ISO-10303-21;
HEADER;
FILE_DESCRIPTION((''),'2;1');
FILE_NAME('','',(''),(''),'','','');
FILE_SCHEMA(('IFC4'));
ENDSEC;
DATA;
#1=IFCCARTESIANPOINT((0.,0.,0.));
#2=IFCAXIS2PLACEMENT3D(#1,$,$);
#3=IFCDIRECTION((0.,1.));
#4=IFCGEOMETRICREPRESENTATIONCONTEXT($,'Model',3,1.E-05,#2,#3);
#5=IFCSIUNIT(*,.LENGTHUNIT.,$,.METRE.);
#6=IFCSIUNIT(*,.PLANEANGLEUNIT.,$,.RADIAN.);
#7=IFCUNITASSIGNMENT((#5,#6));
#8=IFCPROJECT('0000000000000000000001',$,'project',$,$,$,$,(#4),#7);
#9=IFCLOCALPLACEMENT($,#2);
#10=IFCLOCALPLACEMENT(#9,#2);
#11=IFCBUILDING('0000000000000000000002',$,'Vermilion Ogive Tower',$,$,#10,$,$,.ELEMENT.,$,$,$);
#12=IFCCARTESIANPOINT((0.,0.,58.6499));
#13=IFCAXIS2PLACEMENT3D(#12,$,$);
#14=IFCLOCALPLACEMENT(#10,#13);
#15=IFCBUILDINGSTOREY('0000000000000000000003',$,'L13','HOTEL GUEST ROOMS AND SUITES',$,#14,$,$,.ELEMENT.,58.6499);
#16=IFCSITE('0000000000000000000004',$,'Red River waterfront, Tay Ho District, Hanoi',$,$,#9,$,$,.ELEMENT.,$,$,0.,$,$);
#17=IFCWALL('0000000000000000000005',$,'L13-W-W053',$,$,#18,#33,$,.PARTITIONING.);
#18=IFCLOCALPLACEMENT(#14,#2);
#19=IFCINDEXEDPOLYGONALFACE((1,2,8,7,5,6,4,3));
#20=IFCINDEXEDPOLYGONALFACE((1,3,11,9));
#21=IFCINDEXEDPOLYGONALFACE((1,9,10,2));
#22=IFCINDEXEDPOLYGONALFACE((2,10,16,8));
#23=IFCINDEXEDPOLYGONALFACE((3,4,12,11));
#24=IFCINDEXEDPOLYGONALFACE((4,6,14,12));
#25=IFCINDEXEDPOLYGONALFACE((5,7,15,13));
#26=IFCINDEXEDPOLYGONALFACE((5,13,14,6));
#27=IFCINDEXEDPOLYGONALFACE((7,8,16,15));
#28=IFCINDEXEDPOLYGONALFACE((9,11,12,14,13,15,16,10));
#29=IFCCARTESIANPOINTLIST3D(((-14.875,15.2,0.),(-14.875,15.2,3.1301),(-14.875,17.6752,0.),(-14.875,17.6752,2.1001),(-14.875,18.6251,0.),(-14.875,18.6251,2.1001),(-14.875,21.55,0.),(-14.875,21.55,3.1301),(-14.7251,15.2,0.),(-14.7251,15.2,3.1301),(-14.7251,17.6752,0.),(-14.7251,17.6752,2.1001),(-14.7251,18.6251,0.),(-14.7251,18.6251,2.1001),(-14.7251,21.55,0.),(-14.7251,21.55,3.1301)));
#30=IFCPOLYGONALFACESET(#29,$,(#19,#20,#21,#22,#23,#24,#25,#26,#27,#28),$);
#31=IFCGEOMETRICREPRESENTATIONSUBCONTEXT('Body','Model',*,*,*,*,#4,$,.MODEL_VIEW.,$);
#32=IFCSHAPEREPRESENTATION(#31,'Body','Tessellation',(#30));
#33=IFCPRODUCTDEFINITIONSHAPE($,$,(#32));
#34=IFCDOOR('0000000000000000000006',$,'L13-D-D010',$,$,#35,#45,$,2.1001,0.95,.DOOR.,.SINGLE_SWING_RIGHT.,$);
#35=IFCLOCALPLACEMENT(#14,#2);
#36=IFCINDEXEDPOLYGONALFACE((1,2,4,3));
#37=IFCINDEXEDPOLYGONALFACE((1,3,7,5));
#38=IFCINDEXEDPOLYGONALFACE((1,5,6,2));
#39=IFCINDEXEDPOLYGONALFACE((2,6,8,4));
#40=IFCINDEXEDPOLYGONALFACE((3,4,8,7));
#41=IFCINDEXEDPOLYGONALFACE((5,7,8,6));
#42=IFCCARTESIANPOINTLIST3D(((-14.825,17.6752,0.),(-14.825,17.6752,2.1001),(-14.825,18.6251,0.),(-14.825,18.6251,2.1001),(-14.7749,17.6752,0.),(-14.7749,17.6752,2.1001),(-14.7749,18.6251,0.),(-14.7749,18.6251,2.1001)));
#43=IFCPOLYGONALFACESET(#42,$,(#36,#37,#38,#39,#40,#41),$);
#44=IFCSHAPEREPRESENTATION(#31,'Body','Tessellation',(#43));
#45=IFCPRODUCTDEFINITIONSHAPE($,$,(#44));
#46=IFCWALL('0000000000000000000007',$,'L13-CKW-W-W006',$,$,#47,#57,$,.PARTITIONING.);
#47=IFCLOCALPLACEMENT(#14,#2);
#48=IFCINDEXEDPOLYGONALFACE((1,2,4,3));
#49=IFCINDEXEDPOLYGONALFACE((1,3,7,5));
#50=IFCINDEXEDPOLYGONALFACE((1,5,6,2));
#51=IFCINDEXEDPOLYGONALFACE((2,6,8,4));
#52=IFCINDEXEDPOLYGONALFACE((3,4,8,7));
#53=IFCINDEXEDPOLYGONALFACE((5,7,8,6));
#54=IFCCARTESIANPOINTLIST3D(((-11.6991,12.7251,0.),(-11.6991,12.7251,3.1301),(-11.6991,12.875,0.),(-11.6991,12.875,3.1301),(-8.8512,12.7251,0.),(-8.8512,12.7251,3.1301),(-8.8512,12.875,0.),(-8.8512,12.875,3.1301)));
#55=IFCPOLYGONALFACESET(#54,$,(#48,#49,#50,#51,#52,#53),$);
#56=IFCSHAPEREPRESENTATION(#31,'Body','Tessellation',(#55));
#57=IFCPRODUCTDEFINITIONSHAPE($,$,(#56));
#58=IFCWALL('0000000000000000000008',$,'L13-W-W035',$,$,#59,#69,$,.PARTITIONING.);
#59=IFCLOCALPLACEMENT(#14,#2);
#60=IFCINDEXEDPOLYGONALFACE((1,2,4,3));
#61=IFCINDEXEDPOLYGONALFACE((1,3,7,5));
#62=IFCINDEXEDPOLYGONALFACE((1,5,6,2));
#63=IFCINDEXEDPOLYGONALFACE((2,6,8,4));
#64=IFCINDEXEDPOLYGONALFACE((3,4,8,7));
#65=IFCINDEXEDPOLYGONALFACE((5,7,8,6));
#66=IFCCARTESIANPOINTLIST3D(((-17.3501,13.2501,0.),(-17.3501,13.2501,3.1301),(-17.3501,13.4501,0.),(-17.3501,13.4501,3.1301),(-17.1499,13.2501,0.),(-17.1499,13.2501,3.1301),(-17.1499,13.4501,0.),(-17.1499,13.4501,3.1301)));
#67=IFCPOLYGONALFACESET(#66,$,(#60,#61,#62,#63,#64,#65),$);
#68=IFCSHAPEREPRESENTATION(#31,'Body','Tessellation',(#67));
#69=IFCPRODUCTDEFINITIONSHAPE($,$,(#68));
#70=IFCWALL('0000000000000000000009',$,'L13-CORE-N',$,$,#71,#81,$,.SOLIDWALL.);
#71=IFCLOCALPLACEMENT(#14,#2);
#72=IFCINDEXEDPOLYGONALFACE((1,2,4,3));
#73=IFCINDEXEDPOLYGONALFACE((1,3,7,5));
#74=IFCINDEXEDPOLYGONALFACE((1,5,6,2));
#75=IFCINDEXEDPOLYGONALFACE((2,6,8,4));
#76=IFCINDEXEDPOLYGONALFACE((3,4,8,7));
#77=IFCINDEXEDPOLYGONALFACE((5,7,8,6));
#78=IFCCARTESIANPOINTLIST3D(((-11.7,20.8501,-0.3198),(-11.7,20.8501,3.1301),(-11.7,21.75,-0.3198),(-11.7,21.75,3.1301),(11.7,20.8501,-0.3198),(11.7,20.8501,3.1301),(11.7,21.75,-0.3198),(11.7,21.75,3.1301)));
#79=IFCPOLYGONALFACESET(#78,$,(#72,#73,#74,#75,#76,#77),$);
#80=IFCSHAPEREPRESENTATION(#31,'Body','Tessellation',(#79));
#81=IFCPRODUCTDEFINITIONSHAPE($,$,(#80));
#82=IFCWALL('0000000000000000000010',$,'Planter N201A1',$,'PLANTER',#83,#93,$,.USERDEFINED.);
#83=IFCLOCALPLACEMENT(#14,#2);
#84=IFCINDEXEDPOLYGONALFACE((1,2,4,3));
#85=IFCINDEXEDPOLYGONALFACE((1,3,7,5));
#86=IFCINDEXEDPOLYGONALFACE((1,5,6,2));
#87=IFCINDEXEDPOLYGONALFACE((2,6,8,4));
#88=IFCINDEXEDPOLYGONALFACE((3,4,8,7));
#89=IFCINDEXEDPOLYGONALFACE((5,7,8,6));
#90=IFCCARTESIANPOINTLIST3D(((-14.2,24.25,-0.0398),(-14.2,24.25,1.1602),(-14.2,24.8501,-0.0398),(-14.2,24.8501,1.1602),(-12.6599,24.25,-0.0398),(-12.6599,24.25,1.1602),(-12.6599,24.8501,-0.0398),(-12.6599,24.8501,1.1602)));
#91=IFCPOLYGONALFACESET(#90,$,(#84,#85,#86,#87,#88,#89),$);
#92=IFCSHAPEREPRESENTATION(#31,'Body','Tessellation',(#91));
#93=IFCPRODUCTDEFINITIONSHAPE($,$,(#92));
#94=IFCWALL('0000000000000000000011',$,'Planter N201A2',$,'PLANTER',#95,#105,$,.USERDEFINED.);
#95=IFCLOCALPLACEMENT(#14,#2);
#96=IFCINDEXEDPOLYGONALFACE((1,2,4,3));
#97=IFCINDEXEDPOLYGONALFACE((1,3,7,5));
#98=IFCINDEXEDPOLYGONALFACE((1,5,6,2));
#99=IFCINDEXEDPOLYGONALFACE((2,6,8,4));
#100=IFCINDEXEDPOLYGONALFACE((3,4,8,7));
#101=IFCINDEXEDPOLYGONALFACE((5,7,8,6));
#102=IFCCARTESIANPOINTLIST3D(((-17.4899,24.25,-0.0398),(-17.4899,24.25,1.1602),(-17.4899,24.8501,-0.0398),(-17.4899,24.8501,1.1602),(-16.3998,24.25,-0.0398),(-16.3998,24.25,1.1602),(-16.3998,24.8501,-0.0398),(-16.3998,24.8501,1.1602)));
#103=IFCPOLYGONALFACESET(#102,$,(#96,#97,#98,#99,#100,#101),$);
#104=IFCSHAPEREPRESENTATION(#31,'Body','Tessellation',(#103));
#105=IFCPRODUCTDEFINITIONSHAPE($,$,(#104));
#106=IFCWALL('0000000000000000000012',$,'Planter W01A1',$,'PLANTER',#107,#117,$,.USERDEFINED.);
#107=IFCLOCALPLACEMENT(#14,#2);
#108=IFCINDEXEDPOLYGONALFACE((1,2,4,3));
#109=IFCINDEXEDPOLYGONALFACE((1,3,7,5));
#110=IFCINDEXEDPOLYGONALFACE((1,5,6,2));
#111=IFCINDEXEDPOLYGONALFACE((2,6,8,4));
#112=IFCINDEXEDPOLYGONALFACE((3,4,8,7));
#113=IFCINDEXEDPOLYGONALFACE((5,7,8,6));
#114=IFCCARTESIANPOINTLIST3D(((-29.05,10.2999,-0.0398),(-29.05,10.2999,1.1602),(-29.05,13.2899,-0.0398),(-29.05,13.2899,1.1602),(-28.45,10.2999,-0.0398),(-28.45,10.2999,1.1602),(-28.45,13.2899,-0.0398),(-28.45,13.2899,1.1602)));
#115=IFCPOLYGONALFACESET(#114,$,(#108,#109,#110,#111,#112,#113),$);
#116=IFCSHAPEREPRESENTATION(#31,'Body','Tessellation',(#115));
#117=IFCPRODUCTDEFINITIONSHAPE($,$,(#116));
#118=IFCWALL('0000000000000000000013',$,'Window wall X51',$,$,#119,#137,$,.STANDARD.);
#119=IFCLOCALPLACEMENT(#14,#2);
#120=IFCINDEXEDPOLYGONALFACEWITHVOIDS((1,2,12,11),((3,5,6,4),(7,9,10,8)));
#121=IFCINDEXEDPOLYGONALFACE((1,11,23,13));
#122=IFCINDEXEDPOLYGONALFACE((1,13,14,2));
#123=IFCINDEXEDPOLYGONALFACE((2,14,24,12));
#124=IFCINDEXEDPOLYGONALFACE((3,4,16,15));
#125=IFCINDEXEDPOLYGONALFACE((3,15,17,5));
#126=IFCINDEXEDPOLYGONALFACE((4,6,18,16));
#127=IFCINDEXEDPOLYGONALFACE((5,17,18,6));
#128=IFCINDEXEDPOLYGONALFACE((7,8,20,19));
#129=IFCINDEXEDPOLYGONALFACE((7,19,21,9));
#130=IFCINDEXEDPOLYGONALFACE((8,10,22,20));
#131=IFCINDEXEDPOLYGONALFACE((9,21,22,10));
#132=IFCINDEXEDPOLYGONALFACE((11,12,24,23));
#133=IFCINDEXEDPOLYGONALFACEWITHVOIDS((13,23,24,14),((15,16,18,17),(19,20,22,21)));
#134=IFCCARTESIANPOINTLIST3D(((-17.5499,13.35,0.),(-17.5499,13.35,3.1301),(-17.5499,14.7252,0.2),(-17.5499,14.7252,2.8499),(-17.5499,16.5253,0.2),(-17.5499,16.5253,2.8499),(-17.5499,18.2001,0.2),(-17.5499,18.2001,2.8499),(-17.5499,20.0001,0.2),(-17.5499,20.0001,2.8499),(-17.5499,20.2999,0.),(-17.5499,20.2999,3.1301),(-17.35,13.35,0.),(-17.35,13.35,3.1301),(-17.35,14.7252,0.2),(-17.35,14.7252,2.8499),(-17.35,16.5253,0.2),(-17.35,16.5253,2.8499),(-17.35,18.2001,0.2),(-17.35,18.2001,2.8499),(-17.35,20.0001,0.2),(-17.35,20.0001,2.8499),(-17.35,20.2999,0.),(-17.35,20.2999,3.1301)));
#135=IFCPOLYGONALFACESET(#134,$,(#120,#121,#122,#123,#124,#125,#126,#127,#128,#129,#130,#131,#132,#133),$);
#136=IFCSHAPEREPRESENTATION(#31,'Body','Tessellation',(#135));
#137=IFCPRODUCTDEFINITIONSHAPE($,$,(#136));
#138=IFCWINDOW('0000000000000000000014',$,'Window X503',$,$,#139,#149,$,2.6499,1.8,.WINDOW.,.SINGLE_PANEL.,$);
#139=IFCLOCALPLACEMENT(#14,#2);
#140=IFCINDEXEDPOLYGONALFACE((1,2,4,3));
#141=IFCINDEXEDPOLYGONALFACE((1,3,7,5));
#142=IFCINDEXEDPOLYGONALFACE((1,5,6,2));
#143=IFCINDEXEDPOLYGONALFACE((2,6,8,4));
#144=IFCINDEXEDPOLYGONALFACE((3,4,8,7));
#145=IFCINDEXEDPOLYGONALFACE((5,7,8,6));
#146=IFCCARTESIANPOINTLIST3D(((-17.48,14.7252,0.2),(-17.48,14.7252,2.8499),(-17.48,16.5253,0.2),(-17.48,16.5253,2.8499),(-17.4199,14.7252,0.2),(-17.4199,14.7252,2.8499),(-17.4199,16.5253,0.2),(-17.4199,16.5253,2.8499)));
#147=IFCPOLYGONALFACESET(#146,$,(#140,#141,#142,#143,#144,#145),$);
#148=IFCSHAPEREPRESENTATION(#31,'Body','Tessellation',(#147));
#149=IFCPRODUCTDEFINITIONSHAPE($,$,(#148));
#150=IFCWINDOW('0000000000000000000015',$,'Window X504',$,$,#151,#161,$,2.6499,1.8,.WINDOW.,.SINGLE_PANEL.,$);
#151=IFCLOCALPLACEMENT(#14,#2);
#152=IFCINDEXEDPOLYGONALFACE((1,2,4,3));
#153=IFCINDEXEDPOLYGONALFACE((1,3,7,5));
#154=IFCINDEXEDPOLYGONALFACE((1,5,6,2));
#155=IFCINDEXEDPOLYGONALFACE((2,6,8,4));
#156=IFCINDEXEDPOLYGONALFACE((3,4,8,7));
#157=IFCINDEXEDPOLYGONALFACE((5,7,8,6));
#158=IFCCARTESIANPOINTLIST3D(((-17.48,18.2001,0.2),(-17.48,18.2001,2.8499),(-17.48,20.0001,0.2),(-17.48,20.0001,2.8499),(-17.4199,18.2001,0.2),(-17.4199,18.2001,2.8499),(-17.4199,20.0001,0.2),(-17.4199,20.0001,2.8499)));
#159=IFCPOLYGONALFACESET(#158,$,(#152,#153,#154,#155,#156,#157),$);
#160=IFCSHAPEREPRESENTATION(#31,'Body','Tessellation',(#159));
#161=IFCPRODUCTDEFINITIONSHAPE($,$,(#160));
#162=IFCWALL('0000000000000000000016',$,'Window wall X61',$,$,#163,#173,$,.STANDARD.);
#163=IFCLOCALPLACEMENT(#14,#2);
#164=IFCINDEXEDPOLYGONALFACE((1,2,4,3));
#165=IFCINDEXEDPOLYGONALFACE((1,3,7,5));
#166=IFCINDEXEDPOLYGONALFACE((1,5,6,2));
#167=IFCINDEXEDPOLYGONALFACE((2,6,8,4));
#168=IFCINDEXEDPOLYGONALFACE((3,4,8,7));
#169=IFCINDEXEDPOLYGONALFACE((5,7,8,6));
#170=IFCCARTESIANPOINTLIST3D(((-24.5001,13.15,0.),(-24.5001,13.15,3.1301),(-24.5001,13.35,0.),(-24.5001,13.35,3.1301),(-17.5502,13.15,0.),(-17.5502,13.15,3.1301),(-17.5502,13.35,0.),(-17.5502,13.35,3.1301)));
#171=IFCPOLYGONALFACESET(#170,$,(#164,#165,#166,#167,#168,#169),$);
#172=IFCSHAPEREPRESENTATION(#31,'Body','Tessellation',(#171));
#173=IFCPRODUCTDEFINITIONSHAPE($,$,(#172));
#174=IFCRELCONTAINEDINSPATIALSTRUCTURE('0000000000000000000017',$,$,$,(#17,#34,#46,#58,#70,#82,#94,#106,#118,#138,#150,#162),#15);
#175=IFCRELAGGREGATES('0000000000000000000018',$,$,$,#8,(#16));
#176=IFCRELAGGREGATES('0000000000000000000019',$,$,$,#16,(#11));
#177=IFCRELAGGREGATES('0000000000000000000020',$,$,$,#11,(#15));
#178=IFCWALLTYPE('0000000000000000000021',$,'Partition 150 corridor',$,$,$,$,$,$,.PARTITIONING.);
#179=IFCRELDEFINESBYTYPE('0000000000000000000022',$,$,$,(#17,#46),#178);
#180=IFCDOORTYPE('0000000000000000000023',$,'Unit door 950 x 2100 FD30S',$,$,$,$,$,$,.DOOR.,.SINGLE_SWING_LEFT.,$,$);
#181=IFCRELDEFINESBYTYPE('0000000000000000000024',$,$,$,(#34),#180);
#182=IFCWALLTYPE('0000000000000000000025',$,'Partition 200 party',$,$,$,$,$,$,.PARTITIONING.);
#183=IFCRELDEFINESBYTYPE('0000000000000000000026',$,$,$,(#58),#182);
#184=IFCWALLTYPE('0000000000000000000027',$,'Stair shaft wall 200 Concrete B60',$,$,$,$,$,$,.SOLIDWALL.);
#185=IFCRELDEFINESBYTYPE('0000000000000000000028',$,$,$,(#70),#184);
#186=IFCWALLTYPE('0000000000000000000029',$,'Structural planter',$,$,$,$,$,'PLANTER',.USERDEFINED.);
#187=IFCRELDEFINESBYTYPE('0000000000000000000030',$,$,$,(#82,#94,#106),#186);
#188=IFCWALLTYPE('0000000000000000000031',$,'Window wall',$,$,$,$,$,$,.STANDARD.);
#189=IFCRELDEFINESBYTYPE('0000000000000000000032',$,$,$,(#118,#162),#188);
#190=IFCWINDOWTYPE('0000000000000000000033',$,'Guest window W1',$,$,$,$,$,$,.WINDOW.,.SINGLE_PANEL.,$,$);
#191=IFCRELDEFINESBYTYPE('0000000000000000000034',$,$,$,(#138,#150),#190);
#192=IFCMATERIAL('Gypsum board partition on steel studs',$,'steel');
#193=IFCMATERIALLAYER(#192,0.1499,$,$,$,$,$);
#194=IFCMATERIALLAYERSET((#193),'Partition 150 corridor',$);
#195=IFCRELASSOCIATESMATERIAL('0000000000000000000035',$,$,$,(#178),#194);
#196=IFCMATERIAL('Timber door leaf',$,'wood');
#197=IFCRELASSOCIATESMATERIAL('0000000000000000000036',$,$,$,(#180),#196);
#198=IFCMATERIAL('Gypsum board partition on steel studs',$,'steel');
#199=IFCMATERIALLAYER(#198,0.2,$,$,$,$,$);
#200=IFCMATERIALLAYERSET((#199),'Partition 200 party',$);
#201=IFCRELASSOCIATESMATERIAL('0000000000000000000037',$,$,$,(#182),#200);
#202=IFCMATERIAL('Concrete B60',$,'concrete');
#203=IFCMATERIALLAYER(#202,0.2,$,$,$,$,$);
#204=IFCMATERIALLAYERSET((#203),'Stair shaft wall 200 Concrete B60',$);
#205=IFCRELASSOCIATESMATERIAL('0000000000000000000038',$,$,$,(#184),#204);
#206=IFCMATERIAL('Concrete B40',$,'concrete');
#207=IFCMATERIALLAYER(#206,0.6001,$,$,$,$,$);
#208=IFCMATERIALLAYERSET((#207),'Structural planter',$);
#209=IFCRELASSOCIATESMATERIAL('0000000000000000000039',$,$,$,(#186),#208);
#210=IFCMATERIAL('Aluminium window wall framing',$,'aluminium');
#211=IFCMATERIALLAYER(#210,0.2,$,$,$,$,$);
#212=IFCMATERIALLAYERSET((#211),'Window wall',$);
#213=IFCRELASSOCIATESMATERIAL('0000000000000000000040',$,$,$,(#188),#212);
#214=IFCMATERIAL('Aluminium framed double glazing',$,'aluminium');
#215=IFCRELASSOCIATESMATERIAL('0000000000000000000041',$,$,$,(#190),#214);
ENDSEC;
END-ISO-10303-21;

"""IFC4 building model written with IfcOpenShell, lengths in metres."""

from ifc_helpers import new_model, si_unit, direction, frame, frame_2d, origin, place, context, subcontext, project, spatial, rectangle, extrude, material, layer, layer_set, type_object, element, fill, save


model = new_model("IFC4")

# Units and contexts
model_context = context("Model", 3, precision=1e-05, world=origin(), true_north=direction((0.0, 1.0)))
body_context = subcontext(model_context, "Body", "Model", "MODEL_VIEW")
ifc_project = project(units=[si_unit("LENGTHUNIT", "METRE"), si_unit("PLANEANGLEUNIT", "RADIAN")], contexts=[model_context])

# Site, building, storey
site_placement = place(None, origin())
site = spatial("IfcSite", under=ifc_project, at=site_placement, Name="Red River waterfront, Tay Ho District, Hanoi", CompositionType="ELEMENT", RefElevation=0.0)
building_placement = place(site_placement, origin())
building = spatial("IfcBuilding", under=site, at=building_placement, Name="Vermilion Ogive Tower", CompositionType="ELEMENT")
storey_placement = place(building_placement, frame((0.0, 0.0, 58.6499)))
storey = spatial("IfcBuildingStorey", under=building, at=storey_placement, Name="L13", Description="HOTEL GUEST ROOMS AND SUITES", CompositionType="ELEMENT", Elevation=58.6499)

# Wall, opening, door
ifc_material_1 = material(Name="Gypsum board partition on steel studs", Category="steel")
ifc_layer_1 = layer(ifc_material_1, 0.1499)
ifc_layer_set_1 = layer_set([ifc_layer_1], Name="Partition 150 corridor")
wall_type_1 = type_object("IfcWallType", Name="Partition 150 corridor", PredefinedType="PARTITIONING", material=ifc_layer_set_1)
wall_1_placement = place(storey_placement, frame((-14.8, 15.2, 0.0), z_axis=(0.0, 0.0, 1.0), x_axis=(0.0, 1.0, 0.0)))
wall_1 = element("IfcWall", 1, at=wall_1_placement, inside=storey, type_object=wall_type_1, Name="L13-W-W053", PredefinedType="PARTITIONING", context=body_context, shape_type="SweptSolid", body=[
    extrude(rectangle(XDim=6.3501, YDim=0.1499, at=frame_2d((3.175, 0.0))), origin(), (0.0, 0.0, 1.0), 3.1301),
])
opening_1_placement = place(wall_1_placement, frame((2.4751, 0.0, 0.0)))
opening_1 = element("IfcOpeningElement", 2, at=opening_1_placement, cuts=wall_1, PredefinedType="OPENING", context=body_context, shape_type="SweptSolid", body=[
    extrude(rectangle(XDim=0.95, YDim=2.1001, at=frame_2d((0.4751, 1.05))), frame((0.0, 0.085, 0.0), z_axis=(0.0, -1.0, 0.0), x_axis=(1.0, 0.0, 0.0)), (0.0, 0.0, 1.0), 0.1699),
])
ifc_material_2 = material(Name="Timber door leaf", Category="wood")
door_type_1 = type_object("IfcDoorType", Name="Unit door 950 x 2100 FD30S", OperationType="SINGLE_SWING_LEFT", PredefinedType="DOOR", material=ifc_material_2)
door_1_placement = place(opening_1_placement, origin())
door_1 = element("IfcDoor", 3, at=door_1_placement, inside=storey, type_object=door_type_1, Name="L13-D-D010", OperationType="SINGLE_SWING_RIGHT", OverallHeight=2.1001, OverallWidth=0.95, PredefinedType="DOOR", context=body_context, shape_type="SweptSolid", body=[
    extrude(rectangle(XDim=0.95, YDim=2.1001, at=frame_2d((0.4751, 1.05))), frame((0.0, 0.0249, 0.0), z_axis=(0.0, -1.0, 0.0), x_axis=(1.0, 0.0, 0.0)), (0.0, 0.0, 1.0), 0.05),
])
fill(opening_1, door_1)

# Walls
wall_2_placement = place(storey_placement, frame((-11.699, 12.8, 0.0), z_axis=(0.0, 0.0, 1.0), x_axis=(1.0, 0.0, 0.0)))
element("IfcWall", 4, at=wall_2_placement, inside=storey, type_object=wall_type_1, Name="L13-CKW-W-W006", PredefinedType="PARTITIONING", context=body_context, shape_type="SweptSolid", body=[
    extrude(rectangle(XDim=2.8479, YDim=0.1499, at=frame_2d((1.4238, 0.0))), origin(), (0.0, 0.0, 1.0), 3.1301),
])
ifc_material_3 = material(Name="Gypsum board partition on steel studs", Category="steel")
ifc_layer_2 = layer(ifc_material_3, 0.2)
ifc_layer_set_2 = layer_set([ifc_layer_2], Name="Partition 200 party")
wall_type_2 = type_object("IfcWallType", Name="Partition 200 party", PredefinedType="PARTITIONING", material=ifc_layer_set_2)
wall_3_placement = place(storey_placement, frame((-17.3501, 13.3501, 0.0), z_axis=(0.0, 0.0, 1.0), x_axis=(1.0, 0.0, 0.0)))
element("IfcWall", 5, at=wall_3_placement, inside=storey, type_object=wall_type_2, Name="L13-W-W035", PredefinedType="PARTITIONING", context=body_context, shape_type="SweptSolid", body=[
    extrude(rectangle(XDim=0.2002, YDim=0.2, at=frame_2d((0.1001, 0.0))), origin(), (0.0, 0.0, 1.0), 3.1301),
])
ifc_material_4 = material(Name="Concrete B60", Category="concrete")
ifc_layer_3 = layer(ifc_material_4, 0.2)
ifc_layer_set_3 = layer_set([ifc_layer_3], Name="Stair shaft wall 200 Concrete B60")
wall_type_3 = type_object("IfcWallType", Name="Stair shaft wall 200 Concrete B60", PredefinedType="SOLIDWALL", material=ifc_layer_set_3)
wall_4_placement = place(storey_placement, frame((-11.7, 21.3, -0.3198), z_axis=(0.0, 0.0, 1.0), x_axis=(1.0, 0.0, 0.0)))
element("IfcWall", 6, at=wall_4_placement, inside=storey, type_object=wall_type_3, Name="L13-CORE-N", PredefinedType="SOLIDWALL", context=body_context, shape_type="SweptSolid", body=[
    extrude(rectangle(XDim=23.3999, YDim=0.8999, at=frame_2d((11.7, 0.0))), origin(), (0.0, 0.0, 1.0), 3.45),
])
ifc_material_5 = material(Name="Concrete B40", Category="concrete")
ifc_layer_4 = layer(ifc_material_5, 0.6001)
ifc_layer_set_4 = layer_set([ifc_layer_4], Name="Structural planter")
wall_type_4 = type_object("IfcWallType", Name="Structural planter", ElementType="PLANTER", PredefinedType="USERDEFINED", material=ifc_layer_set_4)
wall_5_placement = place(storey_placement, frame((-12.6599, 24.55, -0.0398), z_axis=(0.0, 0.0, 1.0), x_axis=(-1.0, 0.0, 0.0)))
element("IfcWall", 7, at=wall_5_placement, inside=storey, type_object=wall_type_4, Name="Planter N201A1", ObjectType="PLANTER", PredefinedType="USERDEFINED", context=body_context, shape_type="SweptSolid", body=[
    extrude(rectangle(XDim=1.54, YDim=0.6001, at=frame_2d((0.77, 0.0))), origin(), (0.0, 0.0, 1.0), 1.2),
])
wall_6_placement = place(storey_placement, frame((-16.3999, 24.55, -0.0398), z_axis=(0.0, 0.0, 1.0), x_axis=(-1.0, 0.0, 0.0)))
element("IfcWall", 8, at=wall_6_placement, inside=storey, type_object=wall_type_4, Name="Planter N201A2", ObjectType="PLANTER", PredefinedType="USERDEFINED", context=body_context, shape_type="SweptSolid", body=[
    extrude(rectangle(XDim=1.0901, YDim=0.6001, at=frame_2d((0.5449, 0.0))), origin(), (0.0, 0.0, 1.0), 1.2),
])
wall_7_placement = place(storey_placement, frame((-28.75, 13.29, -0.0398), z_axis=(0.0, 0.0, 1.0), x_axis=(0.0, -1.0, 0.0)))
element("IfcWall", 9, at=wall_7_placement, inside=storey, type_object=wall_type_4, Name="Planter W01A1", ObjectType="PLANTER", PredefinedType="USERDEFINED", context=body_context, shape_type="SweptSolid", body=[
    extrude(rectangle(XDim=2.99, YDim=0.6001, at=frame_2d((1.4951, 0.0))), origin(), (0.0, 0.0, 1.0), 1.2),
])

# Shared definitions
ifc_material_6 = material(Name="Aluminium window wall framing", Category="aluminium")
ifc_layer_5 = layer(ifc_material_6, 0.2)
ifc_layer_set_5 = layer_set([ifc_layer_5], Name="Window wall")
wall_type_5 = type_object("IfcWallType", Name="Window wall", PredefinedType="STANDARD", material=ifc_layer_set_5)
ifc_material_7 = material(Name="Aluminium framed double glazing", Category="aluminium")
window_type = type_object("IfcWindowType", Name="Guest window W1", PartitioningType="SINGLE_PANEL", PredefinedType="WINDOW", material=ifc_material_7)

# Wall, openings, windows
wall_8_placement = place(storey_placement, frame((-17.45, 20.3, 0.0), z_axis=(0.0, 0.0, 1.0), x_axis=(0.0, -1.0, 0.0)))
wall_8 = element("IfcWall", 10, at=wall_8_placement, inside=storey, type_object=wall_type_5, Name="Window wall X51", PredefinedType="STANDARD", context=body_context, shape_type="SweptSolid", body=[
    extrude(rectangle(XDim=6.95, YDim=0.2, at=frame_2d((3.4751, 0.0))), origin(), (0.0, 0.0, 1.0), 3.1301),
])
opening_2_placement = place(wall_8_placement, frame((3.7749, 0.0, 0.2)))
opening_2 = element("IfcOpeningElement", 11, at=opening_2_placement, cuts=wall_8, PredefinedType="OPENING", context=body_context, shape_type="SweptSolid", body=[
    extrude(rectangle(XDim=1.8, YDim=2.6499, at=frame_2d((0.8999, 1.325))), frame((0.0, 0.1099, 0.0), z_axis=(0.0, -1.0, 0.0), x_axis=(1.0, 0.0, 0.0)), (0.0, 0.0, 1.0), 0.22),
])
opening_3_placement = place(wall_8_placement, frame((0.3, 0.0, 0.2)))
opening_3 = element("IfcOpeningElement", 12, at=opening_3_placement, cuts=wall_8, PredefinedType="OPENING", context=body_context, shape_type="SweptSolid", body=[
    extrude(rectangle(XDim=1.8, YDim=2.6499, at=frame_2d((0.8999, 1.325))), frame((0.0, 0.1099, 0.0), z_axis=(0.0, -1.0, 0.0), x_axis=(1.0, 0.0, 0.0)), (0.0, 0.0, 1.0), 0.22),
])
window_1_placement = place(opening_2_placement, origin())
window_1 = element("IfcWindow", 13, at=window_1_placement, inside=storey, type_object=window_type, Name="Window X503", OverallHeight=2.6499, OverallWidth=1.8, PartitioningType="SINGLE_PANEL", PredefinedType="WINDOW", context=body_context, shape_type="SweptSolid", body=[
    extrude(rectangle(XDim=1.8, YDim=2.6499, at=frame_2d((0.8999, 1.325))), frame((0.0, 0.03, 0.0), z_axis=(0.0, -1.0, 0.0), x_axis=(1.0, 0.0, 0.0)), (0.0, 0.0, 1.0), 0.0601),
])
fill(opening_2, window_1)
window_2_placement = place(opening_3_placement, origin())
window_2 = element("IfcWindow", 14, at=window_2_placement, inside=storey, type_object=window_type, Name="Window X504", OverallHeight=2.6499, OverallWidth=1.8, PartitioningType="SINGLE_PANEL", PredefinedType="WINDOW", context=body_context, shape_type="SweptSolid", body=[
    extrude(rectangle(XDim=1.8, YDim=2.6499, at=frame_2d((0.8999, 1.325))), frame((0.0, 0.03, 0.0), z_axis=(0.0, -1.0, 0.0), x_axis=(1.0, 0.0, 0.0)), (0.0, 0.0, 1.0), 0.0601),
])
fill(opening_3, window_2)

# Wall
wall_9_placement = place(storey_placement, frame((-17.55, 13.25, 0.0), z_axis=(0.0, 0.0, 1.0), x_axis=(-1.0, 0.0, 0.0)))
element("IfcWall", 15, at=wall_9_placement, inside=storey, type_object=wall_type_5, Name="Window wall X61", PredefinedType="STANDARD", context=body_context, shape_type="SweptSolid", body=[
    extrude(rectangle(XDim=6.95, YDim=0.2, at=frame_2d((3.4751, 0.0))), origin(), (0.0, 0.0, 1.0), 3.1301),
])

save(model, "model.ifc")
